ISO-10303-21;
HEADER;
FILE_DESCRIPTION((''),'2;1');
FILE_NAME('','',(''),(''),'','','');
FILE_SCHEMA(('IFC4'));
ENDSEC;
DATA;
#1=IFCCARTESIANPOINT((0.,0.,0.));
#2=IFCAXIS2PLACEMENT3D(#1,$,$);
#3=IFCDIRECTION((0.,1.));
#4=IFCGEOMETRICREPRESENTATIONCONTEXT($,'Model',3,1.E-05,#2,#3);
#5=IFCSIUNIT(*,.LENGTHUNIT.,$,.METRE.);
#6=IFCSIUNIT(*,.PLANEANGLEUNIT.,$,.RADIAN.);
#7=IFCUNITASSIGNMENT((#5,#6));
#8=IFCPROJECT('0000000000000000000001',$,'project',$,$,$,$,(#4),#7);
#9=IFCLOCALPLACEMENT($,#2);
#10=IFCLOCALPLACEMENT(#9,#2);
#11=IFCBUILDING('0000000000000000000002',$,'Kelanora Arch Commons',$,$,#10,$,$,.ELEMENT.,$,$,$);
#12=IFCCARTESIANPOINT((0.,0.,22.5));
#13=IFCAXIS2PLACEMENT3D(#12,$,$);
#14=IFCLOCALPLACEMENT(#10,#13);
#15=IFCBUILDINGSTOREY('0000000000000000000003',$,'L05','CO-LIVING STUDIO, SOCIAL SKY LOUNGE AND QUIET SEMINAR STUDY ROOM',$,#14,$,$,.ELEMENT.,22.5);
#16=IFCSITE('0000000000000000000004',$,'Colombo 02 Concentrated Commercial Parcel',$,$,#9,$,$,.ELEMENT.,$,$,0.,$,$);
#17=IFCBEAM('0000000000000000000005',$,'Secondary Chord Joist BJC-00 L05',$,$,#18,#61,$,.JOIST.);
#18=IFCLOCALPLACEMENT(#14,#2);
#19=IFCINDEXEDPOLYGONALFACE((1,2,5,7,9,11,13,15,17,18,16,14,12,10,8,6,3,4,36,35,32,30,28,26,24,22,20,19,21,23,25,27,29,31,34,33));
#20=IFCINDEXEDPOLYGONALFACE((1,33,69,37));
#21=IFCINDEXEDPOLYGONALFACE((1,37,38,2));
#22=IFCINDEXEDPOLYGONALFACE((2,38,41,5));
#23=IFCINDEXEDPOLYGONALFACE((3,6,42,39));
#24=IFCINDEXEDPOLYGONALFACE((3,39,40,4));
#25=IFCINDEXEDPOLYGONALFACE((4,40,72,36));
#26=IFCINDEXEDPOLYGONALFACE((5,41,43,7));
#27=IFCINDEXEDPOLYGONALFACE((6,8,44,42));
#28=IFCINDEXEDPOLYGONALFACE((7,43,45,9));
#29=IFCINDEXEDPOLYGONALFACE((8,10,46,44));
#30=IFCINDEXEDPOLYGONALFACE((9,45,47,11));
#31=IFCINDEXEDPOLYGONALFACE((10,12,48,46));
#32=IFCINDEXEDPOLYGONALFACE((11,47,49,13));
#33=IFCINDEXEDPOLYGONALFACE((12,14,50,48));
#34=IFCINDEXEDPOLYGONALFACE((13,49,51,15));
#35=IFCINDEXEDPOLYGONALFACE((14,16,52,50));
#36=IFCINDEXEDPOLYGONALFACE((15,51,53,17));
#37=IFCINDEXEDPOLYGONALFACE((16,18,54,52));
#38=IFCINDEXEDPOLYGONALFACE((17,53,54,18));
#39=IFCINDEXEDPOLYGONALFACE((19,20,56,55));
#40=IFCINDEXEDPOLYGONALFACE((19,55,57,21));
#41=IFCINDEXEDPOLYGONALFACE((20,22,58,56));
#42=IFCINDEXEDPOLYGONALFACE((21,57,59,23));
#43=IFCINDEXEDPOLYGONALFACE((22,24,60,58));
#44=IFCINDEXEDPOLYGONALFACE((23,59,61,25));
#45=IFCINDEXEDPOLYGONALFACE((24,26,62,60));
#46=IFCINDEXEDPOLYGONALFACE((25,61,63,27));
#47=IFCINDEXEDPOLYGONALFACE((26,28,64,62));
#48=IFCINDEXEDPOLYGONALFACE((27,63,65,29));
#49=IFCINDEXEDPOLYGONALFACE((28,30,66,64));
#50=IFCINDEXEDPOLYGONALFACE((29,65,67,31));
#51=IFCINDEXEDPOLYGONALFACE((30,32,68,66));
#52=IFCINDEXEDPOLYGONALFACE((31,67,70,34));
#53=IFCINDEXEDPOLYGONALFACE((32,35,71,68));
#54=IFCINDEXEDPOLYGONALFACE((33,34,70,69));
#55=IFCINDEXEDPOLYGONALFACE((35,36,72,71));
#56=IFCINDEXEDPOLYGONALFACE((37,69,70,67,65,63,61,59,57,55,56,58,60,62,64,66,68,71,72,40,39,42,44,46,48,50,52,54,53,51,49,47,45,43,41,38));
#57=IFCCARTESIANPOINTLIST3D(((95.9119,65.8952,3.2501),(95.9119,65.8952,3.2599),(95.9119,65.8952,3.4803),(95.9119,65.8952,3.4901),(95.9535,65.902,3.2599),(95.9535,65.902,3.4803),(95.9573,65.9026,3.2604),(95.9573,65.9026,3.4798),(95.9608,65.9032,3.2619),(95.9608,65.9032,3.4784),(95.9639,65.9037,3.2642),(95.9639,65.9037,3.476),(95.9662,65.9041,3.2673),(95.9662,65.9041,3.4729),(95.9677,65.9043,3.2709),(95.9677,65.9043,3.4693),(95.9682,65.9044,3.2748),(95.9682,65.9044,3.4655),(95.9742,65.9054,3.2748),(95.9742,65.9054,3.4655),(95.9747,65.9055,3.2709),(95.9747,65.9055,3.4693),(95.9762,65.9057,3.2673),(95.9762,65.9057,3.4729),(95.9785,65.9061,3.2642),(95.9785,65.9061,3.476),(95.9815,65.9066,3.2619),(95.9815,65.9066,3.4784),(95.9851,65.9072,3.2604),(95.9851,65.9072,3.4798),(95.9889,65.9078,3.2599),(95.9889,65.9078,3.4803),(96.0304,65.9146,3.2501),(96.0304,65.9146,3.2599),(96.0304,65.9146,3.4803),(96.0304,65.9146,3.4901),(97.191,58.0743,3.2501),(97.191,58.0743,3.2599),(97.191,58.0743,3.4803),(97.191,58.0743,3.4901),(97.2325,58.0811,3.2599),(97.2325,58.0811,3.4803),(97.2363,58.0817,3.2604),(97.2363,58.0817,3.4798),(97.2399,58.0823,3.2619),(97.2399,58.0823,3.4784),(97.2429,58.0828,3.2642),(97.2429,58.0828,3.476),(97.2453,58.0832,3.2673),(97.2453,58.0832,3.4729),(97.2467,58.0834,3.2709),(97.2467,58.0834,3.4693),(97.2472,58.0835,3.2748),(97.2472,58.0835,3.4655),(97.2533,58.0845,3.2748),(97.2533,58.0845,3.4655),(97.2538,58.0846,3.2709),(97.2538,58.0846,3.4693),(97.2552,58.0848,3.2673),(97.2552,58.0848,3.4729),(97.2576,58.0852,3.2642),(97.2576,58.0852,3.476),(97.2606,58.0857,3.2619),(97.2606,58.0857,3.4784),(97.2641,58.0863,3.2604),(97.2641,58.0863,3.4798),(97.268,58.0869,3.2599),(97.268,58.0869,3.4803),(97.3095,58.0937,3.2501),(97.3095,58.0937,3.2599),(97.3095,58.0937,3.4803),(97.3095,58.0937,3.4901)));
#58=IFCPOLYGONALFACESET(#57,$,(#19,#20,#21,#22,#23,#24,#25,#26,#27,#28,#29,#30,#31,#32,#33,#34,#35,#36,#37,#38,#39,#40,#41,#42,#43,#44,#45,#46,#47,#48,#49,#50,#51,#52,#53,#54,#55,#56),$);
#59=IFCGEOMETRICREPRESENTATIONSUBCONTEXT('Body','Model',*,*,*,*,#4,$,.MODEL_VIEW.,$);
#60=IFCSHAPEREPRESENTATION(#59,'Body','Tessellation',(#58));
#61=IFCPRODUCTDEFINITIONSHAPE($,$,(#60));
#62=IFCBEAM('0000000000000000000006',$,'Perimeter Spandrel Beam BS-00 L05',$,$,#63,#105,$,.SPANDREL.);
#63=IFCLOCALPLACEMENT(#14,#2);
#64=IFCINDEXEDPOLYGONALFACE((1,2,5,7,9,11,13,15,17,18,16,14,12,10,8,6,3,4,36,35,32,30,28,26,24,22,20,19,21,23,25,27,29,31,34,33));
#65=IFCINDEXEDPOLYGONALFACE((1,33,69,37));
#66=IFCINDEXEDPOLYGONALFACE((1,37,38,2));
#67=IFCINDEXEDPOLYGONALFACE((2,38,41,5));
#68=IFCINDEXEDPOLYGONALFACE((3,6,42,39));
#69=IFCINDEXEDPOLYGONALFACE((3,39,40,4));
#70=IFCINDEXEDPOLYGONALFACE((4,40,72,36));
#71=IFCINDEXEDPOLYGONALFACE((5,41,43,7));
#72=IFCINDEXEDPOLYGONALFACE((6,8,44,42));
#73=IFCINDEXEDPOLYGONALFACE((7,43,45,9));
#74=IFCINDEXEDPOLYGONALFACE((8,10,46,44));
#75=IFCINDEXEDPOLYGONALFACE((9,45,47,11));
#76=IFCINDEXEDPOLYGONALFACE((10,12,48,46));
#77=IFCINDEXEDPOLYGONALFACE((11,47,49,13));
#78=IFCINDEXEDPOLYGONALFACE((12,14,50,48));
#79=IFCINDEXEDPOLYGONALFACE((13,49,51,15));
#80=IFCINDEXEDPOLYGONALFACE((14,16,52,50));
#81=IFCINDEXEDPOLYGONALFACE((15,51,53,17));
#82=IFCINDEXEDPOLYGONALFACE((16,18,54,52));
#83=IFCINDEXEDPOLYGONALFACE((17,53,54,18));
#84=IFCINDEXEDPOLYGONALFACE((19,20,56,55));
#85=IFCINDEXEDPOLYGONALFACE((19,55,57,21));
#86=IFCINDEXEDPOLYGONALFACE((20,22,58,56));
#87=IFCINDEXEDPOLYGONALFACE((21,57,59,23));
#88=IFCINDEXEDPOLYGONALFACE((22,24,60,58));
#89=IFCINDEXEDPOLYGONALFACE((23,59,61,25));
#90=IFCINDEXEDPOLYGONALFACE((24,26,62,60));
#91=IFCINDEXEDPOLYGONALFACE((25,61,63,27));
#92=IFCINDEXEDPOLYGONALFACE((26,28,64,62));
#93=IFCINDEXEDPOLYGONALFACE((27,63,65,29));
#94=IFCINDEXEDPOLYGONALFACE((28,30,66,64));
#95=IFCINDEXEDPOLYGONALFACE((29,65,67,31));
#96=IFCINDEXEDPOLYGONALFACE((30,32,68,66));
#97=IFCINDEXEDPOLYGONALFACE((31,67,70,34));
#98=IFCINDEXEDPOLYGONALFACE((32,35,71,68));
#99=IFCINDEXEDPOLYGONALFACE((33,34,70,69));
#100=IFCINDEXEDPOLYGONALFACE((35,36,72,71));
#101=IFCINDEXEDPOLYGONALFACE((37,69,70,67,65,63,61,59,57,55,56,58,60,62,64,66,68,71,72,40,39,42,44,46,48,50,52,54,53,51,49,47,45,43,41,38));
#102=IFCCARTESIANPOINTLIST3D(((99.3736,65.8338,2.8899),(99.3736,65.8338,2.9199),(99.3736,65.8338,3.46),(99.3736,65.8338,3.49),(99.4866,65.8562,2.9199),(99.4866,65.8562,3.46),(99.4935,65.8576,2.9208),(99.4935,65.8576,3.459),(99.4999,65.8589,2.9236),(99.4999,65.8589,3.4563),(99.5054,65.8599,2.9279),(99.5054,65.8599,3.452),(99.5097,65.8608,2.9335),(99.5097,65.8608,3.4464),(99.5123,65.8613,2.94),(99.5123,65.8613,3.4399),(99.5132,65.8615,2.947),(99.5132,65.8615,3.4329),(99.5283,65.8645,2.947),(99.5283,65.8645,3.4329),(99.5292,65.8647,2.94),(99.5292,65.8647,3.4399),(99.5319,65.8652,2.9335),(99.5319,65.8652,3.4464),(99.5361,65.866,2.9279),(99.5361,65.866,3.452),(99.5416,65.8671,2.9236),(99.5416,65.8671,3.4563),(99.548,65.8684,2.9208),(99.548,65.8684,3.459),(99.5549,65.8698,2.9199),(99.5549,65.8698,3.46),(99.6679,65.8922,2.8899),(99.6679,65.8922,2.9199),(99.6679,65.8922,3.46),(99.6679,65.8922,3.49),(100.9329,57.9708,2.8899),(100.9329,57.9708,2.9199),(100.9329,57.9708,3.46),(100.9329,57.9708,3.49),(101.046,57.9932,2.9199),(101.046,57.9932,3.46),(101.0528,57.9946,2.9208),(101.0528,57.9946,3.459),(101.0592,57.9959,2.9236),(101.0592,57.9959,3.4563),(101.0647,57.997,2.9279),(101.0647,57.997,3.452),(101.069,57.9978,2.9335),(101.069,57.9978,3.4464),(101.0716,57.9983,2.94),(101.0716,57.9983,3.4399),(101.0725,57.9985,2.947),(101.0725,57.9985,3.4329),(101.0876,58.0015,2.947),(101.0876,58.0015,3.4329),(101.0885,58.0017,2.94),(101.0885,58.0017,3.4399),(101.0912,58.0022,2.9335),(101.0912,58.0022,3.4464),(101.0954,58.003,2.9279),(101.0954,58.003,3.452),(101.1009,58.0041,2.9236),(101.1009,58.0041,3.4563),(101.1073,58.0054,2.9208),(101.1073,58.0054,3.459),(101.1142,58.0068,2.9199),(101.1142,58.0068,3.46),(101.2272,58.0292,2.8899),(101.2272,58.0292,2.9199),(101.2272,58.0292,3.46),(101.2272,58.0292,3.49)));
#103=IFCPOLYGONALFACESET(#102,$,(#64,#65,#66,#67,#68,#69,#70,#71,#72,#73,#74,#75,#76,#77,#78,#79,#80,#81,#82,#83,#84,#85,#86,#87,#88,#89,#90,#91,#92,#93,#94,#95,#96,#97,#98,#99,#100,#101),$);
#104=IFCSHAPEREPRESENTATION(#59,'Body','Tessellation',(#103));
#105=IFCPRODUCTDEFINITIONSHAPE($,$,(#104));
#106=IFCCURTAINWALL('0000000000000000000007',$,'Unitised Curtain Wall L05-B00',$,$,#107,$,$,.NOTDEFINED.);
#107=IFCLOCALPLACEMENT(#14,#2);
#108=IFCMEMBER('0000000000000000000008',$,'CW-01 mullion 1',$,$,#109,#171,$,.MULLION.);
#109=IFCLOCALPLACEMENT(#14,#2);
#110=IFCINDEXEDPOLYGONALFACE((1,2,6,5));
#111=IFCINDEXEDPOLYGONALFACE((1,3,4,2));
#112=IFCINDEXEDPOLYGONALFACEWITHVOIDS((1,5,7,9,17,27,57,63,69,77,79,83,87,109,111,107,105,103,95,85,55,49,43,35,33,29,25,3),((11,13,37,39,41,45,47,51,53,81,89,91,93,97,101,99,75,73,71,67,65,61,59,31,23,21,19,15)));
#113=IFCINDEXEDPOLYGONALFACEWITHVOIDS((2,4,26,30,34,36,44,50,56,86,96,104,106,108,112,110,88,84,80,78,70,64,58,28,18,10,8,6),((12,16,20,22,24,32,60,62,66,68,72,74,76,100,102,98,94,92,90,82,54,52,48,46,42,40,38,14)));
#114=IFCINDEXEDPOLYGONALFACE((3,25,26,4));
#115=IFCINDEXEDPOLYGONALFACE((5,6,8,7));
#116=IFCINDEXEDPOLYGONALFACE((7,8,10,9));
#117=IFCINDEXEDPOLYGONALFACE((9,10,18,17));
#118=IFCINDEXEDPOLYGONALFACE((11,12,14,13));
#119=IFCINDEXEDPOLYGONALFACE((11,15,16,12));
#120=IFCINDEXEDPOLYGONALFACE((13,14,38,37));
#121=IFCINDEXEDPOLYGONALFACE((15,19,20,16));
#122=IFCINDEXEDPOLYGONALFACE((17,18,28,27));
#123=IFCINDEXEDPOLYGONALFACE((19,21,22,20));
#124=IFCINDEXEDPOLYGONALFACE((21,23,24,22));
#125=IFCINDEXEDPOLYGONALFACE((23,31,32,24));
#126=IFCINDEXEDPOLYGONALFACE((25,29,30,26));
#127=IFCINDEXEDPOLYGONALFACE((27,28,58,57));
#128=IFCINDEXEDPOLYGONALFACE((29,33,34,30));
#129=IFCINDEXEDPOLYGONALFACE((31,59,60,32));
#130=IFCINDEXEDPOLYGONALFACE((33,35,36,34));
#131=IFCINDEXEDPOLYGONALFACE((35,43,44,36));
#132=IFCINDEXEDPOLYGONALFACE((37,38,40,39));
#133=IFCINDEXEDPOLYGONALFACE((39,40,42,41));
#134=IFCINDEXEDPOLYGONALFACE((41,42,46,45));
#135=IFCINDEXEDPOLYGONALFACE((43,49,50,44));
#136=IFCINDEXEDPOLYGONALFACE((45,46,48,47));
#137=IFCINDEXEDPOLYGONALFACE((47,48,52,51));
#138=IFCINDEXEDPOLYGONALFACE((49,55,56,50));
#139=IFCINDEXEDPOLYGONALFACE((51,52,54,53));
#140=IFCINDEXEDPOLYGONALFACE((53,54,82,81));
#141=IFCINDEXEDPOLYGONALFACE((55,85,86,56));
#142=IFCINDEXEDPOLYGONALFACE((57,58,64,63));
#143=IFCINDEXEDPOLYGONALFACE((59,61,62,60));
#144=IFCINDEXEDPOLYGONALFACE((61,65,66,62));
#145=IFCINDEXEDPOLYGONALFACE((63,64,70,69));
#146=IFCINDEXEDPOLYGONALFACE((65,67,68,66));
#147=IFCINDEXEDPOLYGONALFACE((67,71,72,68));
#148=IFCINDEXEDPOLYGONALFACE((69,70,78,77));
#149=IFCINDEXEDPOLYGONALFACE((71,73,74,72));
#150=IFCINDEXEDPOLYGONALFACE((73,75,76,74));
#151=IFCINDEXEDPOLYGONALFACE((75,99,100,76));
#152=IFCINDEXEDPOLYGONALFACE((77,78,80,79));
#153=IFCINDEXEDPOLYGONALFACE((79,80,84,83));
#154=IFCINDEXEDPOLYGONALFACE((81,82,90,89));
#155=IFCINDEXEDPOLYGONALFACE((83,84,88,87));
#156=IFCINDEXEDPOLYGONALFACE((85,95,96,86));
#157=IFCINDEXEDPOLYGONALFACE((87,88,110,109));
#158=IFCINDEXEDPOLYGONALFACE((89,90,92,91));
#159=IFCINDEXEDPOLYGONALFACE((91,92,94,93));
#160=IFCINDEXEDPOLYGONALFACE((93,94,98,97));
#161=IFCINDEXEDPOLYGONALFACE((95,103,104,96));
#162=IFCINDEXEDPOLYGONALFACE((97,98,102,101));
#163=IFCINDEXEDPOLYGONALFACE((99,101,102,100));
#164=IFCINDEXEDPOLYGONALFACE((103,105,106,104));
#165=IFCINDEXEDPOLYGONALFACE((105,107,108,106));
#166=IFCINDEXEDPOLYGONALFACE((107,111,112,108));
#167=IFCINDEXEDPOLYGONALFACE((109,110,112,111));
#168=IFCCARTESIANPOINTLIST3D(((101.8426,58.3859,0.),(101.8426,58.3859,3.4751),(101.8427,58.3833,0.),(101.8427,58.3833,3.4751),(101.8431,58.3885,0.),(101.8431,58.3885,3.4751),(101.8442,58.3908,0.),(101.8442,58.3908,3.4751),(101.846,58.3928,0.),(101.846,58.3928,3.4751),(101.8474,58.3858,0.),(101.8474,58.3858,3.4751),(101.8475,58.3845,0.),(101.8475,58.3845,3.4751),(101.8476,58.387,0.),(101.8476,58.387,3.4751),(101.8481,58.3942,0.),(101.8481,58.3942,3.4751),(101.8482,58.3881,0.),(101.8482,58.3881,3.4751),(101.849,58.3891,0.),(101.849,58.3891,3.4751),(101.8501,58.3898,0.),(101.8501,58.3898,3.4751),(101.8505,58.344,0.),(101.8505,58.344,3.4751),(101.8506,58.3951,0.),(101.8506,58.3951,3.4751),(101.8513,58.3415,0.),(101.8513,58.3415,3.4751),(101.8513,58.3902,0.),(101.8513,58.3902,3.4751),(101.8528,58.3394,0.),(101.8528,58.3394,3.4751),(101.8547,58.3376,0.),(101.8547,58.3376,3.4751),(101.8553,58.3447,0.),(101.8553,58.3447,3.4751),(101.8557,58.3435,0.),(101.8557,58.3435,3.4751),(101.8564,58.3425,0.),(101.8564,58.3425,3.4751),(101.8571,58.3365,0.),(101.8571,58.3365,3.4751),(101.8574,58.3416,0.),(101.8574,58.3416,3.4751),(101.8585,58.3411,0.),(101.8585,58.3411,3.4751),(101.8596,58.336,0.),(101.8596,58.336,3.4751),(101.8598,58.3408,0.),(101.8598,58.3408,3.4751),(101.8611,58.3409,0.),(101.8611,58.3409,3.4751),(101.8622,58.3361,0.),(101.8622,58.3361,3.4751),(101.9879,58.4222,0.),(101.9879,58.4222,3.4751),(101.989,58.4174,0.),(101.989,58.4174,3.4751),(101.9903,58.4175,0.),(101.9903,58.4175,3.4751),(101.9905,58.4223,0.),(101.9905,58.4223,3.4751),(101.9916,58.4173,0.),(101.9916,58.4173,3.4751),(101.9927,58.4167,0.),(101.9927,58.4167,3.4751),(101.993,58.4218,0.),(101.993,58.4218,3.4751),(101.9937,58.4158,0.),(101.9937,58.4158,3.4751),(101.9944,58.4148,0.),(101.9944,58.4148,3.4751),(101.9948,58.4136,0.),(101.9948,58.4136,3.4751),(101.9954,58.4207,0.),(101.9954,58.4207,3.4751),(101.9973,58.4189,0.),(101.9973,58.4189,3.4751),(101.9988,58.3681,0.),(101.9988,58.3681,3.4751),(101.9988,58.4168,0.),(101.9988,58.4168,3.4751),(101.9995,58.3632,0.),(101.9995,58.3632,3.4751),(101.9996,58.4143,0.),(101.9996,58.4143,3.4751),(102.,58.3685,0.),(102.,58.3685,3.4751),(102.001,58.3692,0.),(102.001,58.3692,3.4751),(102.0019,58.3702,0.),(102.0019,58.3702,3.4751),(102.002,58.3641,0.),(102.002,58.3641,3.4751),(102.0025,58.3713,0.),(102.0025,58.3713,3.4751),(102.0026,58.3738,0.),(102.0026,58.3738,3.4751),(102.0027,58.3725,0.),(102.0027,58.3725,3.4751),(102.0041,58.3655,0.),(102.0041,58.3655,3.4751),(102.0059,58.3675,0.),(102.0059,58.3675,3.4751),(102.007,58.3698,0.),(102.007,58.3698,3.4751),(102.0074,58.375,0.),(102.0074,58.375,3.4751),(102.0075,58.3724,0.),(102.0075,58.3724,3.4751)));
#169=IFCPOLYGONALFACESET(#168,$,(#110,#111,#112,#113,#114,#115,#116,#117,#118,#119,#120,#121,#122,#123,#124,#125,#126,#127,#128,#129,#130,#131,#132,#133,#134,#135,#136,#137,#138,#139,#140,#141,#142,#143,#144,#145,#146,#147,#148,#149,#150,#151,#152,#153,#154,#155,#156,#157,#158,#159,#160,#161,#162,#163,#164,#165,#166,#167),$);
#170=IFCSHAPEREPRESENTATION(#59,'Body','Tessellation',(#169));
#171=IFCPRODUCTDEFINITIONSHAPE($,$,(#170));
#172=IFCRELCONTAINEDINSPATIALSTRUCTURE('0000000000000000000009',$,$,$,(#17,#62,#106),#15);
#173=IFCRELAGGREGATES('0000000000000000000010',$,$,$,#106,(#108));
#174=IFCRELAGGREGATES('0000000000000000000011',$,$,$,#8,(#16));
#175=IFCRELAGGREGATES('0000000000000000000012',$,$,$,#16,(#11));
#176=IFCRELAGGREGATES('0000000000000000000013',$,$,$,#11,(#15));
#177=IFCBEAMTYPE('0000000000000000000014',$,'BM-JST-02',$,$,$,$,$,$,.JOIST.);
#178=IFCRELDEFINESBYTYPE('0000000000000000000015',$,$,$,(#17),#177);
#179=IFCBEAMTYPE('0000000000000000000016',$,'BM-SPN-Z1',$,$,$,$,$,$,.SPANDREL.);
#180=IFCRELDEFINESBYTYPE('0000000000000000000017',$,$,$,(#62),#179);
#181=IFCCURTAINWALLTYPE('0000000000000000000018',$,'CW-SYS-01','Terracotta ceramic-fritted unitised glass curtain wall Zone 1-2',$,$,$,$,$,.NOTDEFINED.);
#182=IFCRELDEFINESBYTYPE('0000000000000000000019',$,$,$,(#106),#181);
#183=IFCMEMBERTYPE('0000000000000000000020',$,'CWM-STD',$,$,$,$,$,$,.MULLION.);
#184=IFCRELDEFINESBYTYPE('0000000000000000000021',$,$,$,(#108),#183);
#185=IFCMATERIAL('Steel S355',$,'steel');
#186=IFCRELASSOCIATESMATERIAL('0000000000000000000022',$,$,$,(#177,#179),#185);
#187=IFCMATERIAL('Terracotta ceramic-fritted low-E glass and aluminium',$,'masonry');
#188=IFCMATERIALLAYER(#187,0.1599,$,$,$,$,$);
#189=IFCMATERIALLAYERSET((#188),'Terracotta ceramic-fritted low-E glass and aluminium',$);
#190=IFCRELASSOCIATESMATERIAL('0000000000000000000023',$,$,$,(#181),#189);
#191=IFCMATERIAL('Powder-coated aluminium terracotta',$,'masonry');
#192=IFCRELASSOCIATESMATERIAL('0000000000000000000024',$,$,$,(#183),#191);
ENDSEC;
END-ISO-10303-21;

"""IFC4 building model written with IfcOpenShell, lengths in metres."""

from ifc_helpers import new_model, si_unit, direction, frame, origin, origin_2d, place, context, subcontext, project, spatial, hollow_rectangle, i_section, extrude, material, layer, layer_set, material_profile, profile_set, type_object, element, aggregate, save


model = new_model("IFC4")

# Units and contexts
model_context = context("Model", 3, precision=1e-05, world=origin(), true_north=direction((0.0, 1.0)))
body_context = subcontext(model_context, "Body", "Model", "MODEL_VIEW")
ifc_project = project(units=[si_unit("LENGTHUNIT", "METRE"), si_unit("PLANEANGLEUNIT", "RADIAN")], contexts=[model_context])

# Site, building, storey
site_placement = place(None, origin())
site = spatial("IfcSite", under=ifc_project, at=site_placement, Name="Colombo 02 Concentrated Commercial Parcel", CompositionType="ELEMENT", RefElevation=0.0)
building_placement = place(site_placement, origin())
building = spatial("IfcBuilding", under=site, at=building_placement, Name="Kelanora Arch Commons", CompositionType="ELEMENT")
storey_placement = place(building_placement, frame((0.0, 0.0, 22.5)))
storey = spatial("IfcBuildingStorey", under=building, at=storey_placement, Name="L05", Description="CO-LIVING STUDIO, SOCIAL SKY LOUNGE AND QUIET SEMINAR STUDY ROOM", CompositionType="ELEMENT", Elevation=22.5)

# Beams
ifc_material_1 = material(Name="Steel S355", Category="steel")
ifc_material_profile_1 = material_profile(ifc_material_1, i_section(OverallWidth=0.1201, OverallDepth=0.24, WebThickness=0.0061, FlangeThickness=0.0098, FilletRadius=0.0149, at=origin_2d()), Name="IPE240")
ifc_profile_set_1 = profile_set([ifc_material_profile_1], Name="Steel S355")
beam_type_1 = type_object("IfcBeamType", Name="BM-JST-02", PredefinedType="JOIST", material=ifc_profile_set_1)
beam_1_placement = place(storey_placement, frame((97.2502, 58.084, 3.3701), z_axis=(-0.161401, 0.986889, 0.0), x_axis=(-0.986889, -0.161401, 0.0)))
element("IfcBeam", 1, at=beam_1_placement, inside=storey, type_object=beam_type_1, Name="Secondary Chord Joist BJC-00 L05", PredefinedType="JOIST", context=body_context, shape_type="SweptSolid", body=[
    extrude(i_section(OverallWidth=0.1201, OverallDepth=0.24, WebThickness=0.0061, FlangeThickness=0.0098, FilletRadius=0.0149, at=origin_2d()), origin(), (0.0, 0.0, 1.0), 7.9248),
])
ifc_material_profile_2 = material_profile(ifc_material_1, i_section(OverallWidth=0.3, OverallDepth=0.6001, WebThickness=0.0154, FlangeThickness=0.03, FilletRadius=0.0271, at=origin_2d()), Name="HEB600")
ifc_profile_set_2 = profile_set([ifc_material_profile_2], Name="Steel S355")
beam_type_2 = type_object("IfcBeamType", Name="BM-SPN-Z1", PredefinedType="SPANDREL", material=ifc_profile_set_2)
beam_2_placement = place(storey_placement, frame((101.0801, 58.0, 3.1899), z_axis=(-0.194523, 0.980898, 0.0), x_axis=(-0.980898, -0.194523, 0.0)))
element("IfcBeam", 2, at=beam_2_placement, inside=storey, type_object=beam_type_2, Name="Perimeter Spandrel Beam BS-00 L05", PredefinedType="SPANDREL", context=body_context, shape_type="SweptSolid", body=[
    extrude(i_section(OverallWidth=0.3, OverallDepth=0.6001, WebThickness=0.0154, FlangeThickness=0.03, FilletRadius=0.0271, at=origin_2d()), origin(), (0.0, 0.0, 1.0), 8.0161),
])

# Curtain wall, member
ifc_material_2 = material(Name="Terracotta ceramic-fritted low-E glass and aluminium", Category="masonry")
ifc_layer_1 = layer(ifc_material_2, 0.1599)
ifc_layer_set_1 = layer_set([ifc_layer_1], Name="Terracotta ceramic-fritted low-E glass and aluminium")
curtain_wall_type = type_object("IfcCurtainWallType", Name="CW-SYS-01", Description="Terracotta ceramic-fritted unitised glass curtain wall Zone 1-2", PredefinedType="NOTDEFINED", material=ifc_layer_set_1)
curtain_wall_placement = place(storey_placement, origin())
curtain_wall = element("IfcCurtainWall", 3, at=curtain_wall_placement, inside=storey, type_object=curtain_wall_type, Name="Unitised Curtain Wall L05-B00", PredefinedType="NOTDEFINED")
ifc_material_3 = material(Name="Powder-coated aluminium terracotta", Category="masonry")
ifc_material_profile_3 = material_profile(ifc_material_3, hollow_rectangle(XDim=0.1599, YDim=0.0601, WallThickness=0.0049, InnerFilletRadius=0.0049, OuterFilletRadius=0.01, at=origin_2d()), Name="CWM160x60")
ifc_profile_set_3 = profile_set([ifc_material_profile_3], Name="Powder-coated aluminium terracotta")
member_type_1 = type_object("IfcMemberType", Name="CWM-STD", PredefinedType="MULLION", material=ifc_profile_set_3)
member_1_placement = place(storey_placement, frame((101.925, 58.3792, 0.0), z_axis=(0.0, 0.0, 1.0), x_axis=(-0.981052, -0.193744, 0.0)))
member_1 = element("IfcMember", 4, at=member_1_placement, type_object=member_type_1, Name="CW-01 mullion 1", PredefinedType="MULLION", context=body_context, shape_type="SweptSolid", body=[
    extrude(hollow_rectangle(XDim=0.1599, YDim=0.0601, WallThickness=0.0049, InnerFilletRadius=0.0049, OuterFilletRadius=0.01, at=origin_2d()), origin(), (0.0, 0.0, 1.0), 3.4751),
])
aggregate(curtain_wall, [member_1])

save(model, "model.ifc")
